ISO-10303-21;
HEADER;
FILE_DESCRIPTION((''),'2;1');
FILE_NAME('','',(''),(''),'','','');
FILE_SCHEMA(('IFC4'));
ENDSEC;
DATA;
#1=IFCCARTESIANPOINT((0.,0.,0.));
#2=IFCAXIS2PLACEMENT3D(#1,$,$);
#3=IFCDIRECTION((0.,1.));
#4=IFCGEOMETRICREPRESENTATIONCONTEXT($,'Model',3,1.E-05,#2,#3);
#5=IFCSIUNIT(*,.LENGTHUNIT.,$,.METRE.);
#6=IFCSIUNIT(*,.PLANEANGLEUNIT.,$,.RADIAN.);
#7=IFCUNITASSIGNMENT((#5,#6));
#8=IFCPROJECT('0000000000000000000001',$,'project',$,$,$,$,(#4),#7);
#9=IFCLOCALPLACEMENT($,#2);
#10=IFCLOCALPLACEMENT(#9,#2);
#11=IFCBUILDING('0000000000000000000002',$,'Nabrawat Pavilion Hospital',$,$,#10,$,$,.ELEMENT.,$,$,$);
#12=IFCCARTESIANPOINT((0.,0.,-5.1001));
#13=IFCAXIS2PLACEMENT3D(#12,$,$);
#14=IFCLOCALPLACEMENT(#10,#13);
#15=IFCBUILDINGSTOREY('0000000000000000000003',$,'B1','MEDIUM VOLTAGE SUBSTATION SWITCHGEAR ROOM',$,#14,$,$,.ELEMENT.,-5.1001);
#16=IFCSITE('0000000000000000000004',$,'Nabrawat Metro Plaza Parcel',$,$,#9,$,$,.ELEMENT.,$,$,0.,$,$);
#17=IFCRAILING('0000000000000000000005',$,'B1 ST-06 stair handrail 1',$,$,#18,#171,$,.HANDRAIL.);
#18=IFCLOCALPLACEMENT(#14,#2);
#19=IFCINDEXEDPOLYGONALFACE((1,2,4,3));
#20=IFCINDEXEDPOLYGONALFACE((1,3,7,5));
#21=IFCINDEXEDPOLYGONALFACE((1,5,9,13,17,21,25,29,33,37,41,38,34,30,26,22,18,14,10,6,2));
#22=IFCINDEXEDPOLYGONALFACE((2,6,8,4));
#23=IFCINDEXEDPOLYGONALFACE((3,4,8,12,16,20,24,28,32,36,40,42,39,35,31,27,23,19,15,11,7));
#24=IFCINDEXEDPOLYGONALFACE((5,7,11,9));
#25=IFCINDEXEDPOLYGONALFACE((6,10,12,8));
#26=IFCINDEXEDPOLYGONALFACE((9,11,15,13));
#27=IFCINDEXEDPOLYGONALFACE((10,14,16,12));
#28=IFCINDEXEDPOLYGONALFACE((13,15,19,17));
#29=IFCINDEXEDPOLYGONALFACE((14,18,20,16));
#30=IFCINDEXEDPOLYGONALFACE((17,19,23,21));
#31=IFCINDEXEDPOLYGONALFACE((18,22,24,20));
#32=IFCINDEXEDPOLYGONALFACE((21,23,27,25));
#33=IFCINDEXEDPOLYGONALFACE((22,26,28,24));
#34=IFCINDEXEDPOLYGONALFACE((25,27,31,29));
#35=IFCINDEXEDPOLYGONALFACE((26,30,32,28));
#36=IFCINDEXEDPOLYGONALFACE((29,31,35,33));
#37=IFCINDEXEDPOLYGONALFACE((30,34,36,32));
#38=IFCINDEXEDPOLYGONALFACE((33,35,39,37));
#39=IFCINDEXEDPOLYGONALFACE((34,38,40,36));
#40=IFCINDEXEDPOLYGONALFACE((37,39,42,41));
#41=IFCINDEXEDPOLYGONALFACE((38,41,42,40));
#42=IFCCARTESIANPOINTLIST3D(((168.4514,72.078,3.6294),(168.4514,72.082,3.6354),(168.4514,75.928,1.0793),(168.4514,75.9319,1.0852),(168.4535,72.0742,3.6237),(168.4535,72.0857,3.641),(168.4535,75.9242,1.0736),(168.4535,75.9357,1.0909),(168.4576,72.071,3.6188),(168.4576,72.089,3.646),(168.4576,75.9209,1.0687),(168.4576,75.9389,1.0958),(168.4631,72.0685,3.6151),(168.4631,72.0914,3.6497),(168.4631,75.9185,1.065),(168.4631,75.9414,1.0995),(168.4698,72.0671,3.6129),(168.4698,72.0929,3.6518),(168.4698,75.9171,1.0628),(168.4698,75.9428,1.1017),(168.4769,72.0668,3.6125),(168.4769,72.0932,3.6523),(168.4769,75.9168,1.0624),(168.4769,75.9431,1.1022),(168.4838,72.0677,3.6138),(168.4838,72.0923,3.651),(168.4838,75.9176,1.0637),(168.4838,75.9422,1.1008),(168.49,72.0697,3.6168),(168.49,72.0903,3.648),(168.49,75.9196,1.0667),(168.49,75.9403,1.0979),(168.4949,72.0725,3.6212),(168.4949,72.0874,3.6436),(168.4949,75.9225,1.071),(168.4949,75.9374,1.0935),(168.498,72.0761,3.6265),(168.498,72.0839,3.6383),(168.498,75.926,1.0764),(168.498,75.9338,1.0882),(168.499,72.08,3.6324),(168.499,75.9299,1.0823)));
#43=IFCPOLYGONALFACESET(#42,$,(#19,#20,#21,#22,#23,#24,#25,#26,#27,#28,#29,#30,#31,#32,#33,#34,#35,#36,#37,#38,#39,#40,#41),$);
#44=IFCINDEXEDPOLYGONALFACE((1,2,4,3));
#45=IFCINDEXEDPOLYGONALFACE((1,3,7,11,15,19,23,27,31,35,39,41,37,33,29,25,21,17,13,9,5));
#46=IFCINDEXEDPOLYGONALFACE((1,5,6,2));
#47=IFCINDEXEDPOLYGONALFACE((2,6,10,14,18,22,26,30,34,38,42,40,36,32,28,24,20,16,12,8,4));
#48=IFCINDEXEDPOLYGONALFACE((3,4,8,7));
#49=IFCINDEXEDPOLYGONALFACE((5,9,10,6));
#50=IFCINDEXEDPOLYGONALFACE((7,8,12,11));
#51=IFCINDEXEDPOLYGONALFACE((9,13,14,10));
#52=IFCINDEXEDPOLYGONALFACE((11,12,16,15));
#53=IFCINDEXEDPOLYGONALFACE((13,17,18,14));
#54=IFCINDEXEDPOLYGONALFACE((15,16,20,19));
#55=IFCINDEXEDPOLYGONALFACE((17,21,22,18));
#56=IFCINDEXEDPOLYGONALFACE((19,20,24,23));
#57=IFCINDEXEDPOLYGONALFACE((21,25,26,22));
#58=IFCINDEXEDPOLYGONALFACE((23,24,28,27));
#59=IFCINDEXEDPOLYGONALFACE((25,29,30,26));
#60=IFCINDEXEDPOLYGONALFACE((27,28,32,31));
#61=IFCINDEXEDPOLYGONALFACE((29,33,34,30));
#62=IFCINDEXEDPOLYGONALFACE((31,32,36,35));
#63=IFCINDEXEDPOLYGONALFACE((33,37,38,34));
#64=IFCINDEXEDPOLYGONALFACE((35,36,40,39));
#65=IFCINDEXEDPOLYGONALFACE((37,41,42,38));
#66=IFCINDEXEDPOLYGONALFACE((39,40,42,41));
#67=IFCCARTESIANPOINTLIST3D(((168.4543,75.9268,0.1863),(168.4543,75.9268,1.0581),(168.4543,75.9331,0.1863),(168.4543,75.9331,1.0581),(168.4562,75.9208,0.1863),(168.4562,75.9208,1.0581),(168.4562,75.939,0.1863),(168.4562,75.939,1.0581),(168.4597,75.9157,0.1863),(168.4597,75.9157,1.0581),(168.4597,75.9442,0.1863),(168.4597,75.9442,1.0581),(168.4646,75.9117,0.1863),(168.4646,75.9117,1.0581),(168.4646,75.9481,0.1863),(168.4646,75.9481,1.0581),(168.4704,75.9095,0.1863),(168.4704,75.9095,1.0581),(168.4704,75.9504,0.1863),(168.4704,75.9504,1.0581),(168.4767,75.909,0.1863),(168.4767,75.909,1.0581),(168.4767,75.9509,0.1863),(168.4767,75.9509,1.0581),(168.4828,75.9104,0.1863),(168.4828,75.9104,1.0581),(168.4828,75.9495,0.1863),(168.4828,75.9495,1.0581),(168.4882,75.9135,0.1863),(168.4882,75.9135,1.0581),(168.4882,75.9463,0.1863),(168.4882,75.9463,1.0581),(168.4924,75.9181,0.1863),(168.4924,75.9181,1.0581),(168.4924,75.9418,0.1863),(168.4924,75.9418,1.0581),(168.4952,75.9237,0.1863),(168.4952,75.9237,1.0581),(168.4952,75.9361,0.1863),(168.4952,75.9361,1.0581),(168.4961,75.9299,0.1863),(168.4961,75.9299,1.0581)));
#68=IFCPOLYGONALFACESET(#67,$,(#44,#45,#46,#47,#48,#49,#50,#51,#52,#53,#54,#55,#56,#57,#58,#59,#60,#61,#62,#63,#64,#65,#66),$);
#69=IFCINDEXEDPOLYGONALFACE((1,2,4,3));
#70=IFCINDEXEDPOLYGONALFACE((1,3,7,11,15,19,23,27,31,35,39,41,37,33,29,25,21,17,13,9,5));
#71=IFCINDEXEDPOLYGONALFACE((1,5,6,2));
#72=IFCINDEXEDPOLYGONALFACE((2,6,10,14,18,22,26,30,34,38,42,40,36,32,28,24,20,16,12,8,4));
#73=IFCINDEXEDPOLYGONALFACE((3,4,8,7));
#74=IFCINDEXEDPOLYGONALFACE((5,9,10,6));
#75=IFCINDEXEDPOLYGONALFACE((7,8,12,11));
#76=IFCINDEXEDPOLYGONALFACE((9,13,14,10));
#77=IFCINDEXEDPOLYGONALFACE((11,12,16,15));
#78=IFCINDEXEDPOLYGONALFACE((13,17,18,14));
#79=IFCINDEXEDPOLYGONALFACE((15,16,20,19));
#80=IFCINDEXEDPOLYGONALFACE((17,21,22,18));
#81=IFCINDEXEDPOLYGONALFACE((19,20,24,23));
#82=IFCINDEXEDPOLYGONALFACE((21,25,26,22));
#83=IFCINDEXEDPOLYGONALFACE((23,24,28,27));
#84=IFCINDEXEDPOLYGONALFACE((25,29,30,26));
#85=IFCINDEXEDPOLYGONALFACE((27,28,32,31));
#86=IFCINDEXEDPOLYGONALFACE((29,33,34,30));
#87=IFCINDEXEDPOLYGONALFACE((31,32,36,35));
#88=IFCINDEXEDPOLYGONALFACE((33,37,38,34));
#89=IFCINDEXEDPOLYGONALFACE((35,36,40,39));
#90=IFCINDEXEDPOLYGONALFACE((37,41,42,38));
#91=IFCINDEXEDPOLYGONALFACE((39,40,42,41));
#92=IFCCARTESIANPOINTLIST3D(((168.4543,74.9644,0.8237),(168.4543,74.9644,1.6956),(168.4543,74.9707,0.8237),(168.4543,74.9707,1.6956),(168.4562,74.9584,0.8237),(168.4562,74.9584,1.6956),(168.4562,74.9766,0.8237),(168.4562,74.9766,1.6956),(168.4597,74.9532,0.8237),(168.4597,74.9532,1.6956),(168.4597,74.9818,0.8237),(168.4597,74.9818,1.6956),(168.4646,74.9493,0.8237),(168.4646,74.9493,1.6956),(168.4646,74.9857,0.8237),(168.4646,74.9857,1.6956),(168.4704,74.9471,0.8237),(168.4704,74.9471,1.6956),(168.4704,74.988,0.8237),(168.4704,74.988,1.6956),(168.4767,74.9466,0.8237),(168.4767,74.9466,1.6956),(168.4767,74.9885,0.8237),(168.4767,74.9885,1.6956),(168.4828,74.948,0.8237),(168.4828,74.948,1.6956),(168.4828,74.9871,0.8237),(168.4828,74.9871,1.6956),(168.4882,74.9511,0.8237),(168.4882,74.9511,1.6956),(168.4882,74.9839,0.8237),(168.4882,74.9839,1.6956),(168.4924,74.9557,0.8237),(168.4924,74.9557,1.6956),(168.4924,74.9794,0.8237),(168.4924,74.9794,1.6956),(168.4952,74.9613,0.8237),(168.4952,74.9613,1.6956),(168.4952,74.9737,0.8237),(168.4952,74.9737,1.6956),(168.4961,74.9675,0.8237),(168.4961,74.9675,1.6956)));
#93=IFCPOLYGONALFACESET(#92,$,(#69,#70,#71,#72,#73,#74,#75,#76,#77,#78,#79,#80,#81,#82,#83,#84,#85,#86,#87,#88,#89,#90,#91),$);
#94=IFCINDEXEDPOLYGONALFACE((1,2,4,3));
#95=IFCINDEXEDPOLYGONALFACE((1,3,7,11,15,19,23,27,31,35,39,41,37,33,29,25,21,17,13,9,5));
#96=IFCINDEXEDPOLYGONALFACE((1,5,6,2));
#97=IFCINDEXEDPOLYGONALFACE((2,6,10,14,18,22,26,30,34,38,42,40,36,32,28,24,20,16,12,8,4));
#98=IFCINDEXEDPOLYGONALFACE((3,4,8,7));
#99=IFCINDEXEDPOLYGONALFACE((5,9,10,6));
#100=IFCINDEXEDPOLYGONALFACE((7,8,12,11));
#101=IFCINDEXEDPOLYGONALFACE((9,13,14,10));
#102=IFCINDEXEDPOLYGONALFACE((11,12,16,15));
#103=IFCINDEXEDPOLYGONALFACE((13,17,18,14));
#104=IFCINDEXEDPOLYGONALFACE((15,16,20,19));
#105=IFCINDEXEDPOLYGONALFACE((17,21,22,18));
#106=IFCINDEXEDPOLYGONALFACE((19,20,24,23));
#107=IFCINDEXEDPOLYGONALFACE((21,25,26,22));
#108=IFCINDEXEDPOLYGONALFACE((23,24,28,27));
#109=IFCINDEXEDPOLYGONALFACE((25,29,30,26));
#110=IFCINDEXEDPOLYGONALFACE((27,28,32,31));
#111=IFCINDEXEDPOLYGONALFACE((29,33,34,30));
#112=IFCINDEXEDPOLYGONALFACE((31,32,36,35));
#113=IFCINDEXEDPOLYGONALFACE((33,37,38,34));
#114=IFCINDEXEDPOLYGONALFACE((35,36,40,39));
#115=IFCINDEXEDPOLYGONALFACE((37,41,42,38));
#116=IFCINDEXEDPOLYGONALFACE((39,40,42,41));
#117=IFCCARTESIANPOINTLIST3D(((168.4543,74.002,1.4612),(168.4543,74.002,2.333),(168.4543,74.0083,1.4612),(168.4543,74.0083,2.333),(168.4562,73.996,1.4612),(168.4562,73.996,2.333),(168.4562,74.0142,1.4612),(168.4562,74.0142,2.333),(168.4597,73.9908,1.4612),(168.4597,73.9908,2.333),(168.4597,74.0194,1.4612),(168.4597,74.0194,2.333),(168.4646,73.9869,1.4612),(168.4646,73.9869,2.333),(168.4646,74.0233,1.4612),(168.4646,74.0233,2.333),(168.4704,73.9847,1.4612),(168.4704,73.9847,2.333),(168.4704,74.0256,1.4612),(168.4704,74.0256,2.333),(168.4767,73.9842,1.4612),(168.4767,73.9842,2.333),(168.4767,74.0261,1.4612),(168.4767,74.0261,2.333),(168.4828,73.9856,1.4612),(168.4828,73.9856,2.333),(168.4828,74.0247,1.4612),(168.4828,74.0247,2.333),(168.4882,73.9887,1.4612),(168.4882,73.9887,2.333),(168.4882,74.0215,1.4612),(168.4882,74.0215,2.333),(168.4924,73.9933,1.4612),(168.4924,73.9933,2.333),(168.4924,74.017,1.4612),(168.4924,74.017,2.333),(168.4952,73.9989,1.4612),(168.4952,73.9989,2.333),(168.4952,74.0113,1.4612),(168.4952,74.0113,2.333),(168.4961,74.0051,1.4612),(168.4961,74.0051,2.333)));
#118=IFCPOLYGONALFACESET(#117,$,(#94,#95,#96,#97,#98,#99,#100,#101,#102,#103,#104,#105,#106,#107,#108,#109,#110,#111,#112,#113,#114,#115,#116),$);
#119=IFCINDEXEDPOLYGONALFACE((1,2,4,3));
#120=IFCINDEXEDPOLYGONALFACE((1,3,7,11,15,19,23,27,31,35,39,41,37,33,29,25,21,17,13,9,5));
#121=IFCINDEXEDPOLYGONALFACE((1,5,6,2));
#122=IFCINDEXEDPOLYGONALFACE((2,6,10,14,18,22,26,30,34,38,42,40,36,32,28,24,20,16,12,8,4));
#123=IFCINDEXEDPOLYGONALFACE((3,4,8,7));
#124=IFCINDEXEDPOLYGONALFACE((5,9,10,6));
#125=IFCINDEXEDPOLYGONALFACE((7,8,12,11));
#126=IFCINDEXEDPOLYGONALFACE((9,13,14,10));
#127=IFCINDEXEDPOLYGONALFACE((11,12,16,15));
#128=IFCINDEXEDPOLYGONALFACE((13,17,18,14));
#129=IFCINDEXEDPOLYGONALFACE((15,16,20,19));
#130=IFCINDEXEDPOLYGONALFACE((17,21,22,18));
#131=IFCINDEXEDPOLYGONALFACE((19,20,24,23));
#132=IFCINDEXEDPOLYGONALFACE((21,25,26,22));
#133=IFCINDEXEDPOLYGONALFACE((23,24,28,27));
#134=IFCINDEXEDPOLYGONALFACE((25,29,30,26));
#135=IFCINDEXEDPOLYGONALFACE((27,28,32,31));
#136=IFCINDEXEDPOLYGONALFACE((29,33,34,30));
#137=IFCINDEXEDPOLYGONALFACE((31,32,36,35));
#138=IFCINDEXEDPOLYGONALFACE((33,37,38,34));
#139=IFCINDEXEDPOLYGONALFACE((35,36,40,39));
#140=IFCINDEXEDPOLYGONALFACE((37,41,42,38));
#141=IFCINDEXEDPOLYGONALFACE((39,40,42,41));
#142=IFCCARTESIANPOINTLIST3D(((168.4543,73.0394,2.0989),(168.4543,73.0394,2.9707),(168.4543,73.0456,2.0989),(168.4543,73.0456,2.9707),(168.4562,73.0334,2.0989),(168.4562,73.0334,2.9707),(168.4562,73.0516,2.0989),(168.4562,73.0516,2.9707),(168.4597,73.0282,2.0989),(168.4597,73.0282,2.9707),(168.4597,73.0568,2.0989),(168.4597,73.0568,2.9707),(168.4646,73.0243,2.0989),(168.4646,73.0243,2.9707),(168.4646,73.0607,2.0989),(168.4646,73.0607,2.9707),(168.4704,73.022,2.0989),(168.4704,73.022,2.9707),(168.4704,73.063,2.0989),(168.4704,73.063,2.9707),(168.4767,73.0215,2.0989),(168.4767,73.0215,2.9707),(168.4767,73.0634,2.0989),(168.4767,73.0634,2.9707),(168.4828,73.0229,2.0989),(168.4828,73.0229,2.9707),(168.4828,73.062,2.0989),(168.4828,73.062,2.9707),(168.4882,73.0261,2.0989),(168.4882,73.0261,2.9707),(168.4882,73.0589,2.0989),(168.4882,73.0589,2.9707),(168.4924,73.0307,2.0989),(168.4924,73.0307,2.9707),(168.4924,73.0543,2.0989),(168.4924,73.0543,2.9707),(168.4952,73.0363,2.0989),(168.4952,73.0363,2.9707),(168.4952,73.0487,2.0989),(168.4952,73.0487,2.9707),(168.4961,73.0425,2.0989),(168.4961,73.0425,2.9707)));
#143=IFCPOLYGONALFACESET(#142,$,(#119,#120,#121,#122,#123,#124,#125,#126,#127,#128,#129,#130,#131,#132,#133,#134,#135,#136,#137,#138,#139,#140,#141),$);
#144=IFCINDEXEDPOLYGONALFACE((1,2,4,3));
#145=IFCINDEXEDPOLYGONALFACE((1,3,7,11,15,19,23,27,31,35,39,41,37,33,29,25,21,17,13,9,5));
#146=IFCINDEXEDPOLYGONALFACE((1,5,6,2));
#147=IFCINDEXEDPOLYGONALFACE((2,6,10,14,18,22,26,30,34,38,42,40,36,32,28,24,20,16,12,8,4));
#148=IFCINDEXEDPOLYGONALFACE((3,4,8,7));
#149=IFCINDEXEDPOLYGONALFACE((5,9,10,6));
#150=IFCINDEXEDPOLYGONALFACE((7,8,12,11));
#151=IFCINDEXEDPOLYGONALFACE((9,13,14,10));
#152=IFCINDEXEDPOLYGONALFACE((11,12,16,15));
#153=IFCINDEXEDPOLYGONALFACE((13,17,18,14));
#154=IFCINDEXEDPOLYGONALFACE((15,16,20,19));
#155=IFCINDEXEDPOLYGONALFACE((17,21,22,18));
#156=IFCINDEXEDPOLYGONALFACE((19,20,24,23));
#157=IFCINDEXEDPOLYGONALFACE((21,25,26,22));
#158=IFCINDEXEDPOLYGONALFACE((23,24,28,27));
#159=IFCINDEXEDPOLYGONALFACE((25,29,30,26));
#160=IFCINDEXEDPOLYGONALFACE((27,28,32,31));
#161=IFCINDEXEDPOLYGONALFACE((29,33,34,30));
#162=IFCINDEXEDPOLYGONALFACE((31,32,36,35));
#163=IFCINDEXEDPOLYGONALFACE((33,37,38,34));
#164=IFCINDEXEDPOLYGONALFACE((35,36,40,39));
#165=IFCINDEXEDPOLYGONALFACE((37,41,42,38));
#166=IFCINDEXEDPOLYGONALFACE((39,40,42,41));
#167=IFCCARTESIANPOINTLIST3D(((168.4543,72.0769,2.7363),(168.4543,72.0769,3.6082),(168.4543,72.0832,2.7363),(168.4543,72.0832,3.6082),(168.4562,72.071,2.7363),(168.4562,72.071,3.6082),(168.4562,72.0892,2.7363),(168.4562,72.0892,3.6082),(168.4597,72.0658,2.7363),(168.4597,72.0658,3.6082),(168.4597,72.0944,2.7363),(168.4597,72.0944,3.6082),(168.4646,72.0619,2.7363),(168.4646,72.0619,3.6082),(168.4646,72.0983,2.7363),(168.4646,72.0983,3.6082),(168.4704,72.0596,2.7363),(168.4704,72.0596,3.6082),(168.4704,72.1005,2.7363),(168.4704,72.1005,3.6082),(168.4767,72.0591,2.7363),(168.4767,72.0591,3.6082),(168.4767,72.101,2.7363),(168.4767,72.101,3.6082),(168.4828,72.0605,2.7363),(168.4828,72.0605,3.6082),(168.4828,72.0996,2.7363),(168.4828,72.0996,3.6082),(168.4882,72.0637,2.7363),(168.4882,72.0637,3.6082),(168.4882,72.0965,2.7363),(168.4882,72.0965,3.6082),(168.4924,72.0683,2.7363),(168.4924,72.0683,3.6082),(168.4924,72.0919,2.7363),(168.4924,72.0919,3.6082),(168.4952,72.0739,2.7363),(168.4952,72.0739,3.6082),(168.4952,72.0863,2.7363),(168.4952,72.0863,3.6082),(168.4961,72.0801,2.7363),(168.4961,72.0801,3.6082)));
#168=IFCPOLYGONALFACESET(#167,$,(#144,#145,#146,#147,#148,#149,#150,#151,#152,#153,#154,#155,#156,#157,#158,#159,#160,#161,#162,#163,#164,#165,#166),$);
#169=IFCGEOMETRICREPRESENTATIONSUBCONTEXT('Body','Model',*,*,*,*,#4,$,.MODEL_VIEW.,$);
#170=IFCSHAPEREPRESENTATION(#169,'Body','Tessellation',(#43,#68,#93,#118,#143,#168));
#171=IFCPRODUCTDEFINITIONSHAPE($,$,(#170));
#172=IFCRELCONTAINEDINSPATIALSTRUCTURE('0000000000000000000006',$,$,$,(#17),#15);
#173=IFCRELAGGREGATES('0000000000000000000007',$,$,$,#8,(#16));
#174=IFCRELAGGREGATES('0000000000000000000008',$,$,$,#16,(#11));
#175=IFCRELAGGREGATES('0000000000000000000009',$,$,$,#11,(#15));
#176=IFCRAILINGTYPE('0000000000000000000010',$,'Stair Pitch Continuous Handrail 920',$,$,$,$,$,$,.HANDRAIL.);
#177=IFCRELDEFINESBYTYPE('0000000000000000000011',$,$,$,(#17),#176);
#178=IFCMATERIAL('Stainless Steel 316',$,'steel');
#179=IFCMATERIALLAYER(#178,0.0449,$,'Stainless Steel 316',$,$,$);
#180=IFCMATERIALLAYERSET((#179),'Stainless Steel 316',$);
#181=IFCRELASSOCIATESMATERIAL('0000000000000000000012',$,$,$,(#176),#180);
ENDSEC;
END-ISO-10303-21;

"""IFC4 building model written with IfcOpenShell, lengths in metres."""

from ifc_helpers import new_model, si_unit, direction, frame, origin, origin_2d, place, context, subcontext, project, spatial, circle, extrude, material, layer, layer_set, type_object, element, save


model = new_model("IFC4")

# Units and contexts
model_context = context("Model", 3, precision=1e-05, world=origin(), true_north=direction((0.0, 1.0)))
body_context = subcontext(model_context, "Body", "Model", "MODEL_VIEW")
ifc_project = project(units=[si_unit("LENGTHUNIT", "METRE"), si_unit("PLANEANGLEUNIT", "RADIAN")], contexts=[model_context])

# Site, building, storey
site_placement = place(None, origin())
site = spatial("IfcSite", under=ifc_project, at=site_placement, Name="Nabrawat Metro Plaza Parcel", CompositionType="ELEMENT", RefElevation=0.0)
building_placement = place(site_placement, origin())
building = spatial("IfcBuilding", under=site, at=building_placement, Name="Nabrawat Pavilion Hospital", CompositionType="ELEMENT")
storey_placement = place(building_placement, frame((0.0, 0.0, -5.1001)))
storey = spatial("IfcBuildingStorey", under=building, at=storey_placement, Name="B1", Description="MEDIUM VOLTAGE SUBSTATION SWITCHGEAR ROOM", CompositionType="ELEMENT", Elevation=-5.1001)

# Railing
ifc_material_1 = material(Name="Stainless Steel 316", Category="steel")
ifc_layer_1 = layer(ifc_material_1, 0.0449, Name="Stainless Steel 316")
ifc_layer_set_1 = layer_set([ifc_layer_1], Name="Stainless Steel 316")
railing_type_1 = type_object("IfcRailingType", Name="Stair Pitch Continuous Handrail 920", PredefinedType="HANDRAIL", material=ifc_layer_set_1)
railing_1_placement = place(storey_placement, frame((168.4751, 75.9299, 0.1863)))
element("IfcRailing", 1, at=railing_1_placement, inside=storey, type_object=railing_type_1, Name="B1 ST-06 stair handrail 1", PredefinedType="HANDRAIL", context=body_context, shape_type="SweptSolid", body=[
    extrude(circle(Radius=0.0239, at=origin_2d()), frame((0.0, 0.0, 0.896), z_axis=(0.0, -0.833698, 0.552221), x_axis=(1.0, 0.0, 0.0)), (0.0, 0.0, 1.0), 4.6179),
    extrude(circle(Radius=0.021, at=origin_2d()), origin(), (0.0, 0.0, 1.0), 0.8718),
    extrude(circle(Radius=0.021, at=origin_2d()), frame((0.0, -0.9624, 0.6375)), (0.0, 0.0, 1.0), 0.8718),
    extrude(circle(Radius=0.021, at=origin_2d()), frame((0.0, -1.9248, 1.2749)), (0.0, 0.0, 1.0), 0.8718),
    extrude(circle(Radius=0.021, at=origin_2d()), frame((0.0, -2.8875, 1.9126)), (0.0, 0.0, 1.0), 0.8718),
    extrude(circle(Radius=0.021, at=origin_2d()), frame((0.0, -3.8499, 2.55)), (0.0, 0.0, 1.0), 0.8718),
])

save(model, "model.ifc")
